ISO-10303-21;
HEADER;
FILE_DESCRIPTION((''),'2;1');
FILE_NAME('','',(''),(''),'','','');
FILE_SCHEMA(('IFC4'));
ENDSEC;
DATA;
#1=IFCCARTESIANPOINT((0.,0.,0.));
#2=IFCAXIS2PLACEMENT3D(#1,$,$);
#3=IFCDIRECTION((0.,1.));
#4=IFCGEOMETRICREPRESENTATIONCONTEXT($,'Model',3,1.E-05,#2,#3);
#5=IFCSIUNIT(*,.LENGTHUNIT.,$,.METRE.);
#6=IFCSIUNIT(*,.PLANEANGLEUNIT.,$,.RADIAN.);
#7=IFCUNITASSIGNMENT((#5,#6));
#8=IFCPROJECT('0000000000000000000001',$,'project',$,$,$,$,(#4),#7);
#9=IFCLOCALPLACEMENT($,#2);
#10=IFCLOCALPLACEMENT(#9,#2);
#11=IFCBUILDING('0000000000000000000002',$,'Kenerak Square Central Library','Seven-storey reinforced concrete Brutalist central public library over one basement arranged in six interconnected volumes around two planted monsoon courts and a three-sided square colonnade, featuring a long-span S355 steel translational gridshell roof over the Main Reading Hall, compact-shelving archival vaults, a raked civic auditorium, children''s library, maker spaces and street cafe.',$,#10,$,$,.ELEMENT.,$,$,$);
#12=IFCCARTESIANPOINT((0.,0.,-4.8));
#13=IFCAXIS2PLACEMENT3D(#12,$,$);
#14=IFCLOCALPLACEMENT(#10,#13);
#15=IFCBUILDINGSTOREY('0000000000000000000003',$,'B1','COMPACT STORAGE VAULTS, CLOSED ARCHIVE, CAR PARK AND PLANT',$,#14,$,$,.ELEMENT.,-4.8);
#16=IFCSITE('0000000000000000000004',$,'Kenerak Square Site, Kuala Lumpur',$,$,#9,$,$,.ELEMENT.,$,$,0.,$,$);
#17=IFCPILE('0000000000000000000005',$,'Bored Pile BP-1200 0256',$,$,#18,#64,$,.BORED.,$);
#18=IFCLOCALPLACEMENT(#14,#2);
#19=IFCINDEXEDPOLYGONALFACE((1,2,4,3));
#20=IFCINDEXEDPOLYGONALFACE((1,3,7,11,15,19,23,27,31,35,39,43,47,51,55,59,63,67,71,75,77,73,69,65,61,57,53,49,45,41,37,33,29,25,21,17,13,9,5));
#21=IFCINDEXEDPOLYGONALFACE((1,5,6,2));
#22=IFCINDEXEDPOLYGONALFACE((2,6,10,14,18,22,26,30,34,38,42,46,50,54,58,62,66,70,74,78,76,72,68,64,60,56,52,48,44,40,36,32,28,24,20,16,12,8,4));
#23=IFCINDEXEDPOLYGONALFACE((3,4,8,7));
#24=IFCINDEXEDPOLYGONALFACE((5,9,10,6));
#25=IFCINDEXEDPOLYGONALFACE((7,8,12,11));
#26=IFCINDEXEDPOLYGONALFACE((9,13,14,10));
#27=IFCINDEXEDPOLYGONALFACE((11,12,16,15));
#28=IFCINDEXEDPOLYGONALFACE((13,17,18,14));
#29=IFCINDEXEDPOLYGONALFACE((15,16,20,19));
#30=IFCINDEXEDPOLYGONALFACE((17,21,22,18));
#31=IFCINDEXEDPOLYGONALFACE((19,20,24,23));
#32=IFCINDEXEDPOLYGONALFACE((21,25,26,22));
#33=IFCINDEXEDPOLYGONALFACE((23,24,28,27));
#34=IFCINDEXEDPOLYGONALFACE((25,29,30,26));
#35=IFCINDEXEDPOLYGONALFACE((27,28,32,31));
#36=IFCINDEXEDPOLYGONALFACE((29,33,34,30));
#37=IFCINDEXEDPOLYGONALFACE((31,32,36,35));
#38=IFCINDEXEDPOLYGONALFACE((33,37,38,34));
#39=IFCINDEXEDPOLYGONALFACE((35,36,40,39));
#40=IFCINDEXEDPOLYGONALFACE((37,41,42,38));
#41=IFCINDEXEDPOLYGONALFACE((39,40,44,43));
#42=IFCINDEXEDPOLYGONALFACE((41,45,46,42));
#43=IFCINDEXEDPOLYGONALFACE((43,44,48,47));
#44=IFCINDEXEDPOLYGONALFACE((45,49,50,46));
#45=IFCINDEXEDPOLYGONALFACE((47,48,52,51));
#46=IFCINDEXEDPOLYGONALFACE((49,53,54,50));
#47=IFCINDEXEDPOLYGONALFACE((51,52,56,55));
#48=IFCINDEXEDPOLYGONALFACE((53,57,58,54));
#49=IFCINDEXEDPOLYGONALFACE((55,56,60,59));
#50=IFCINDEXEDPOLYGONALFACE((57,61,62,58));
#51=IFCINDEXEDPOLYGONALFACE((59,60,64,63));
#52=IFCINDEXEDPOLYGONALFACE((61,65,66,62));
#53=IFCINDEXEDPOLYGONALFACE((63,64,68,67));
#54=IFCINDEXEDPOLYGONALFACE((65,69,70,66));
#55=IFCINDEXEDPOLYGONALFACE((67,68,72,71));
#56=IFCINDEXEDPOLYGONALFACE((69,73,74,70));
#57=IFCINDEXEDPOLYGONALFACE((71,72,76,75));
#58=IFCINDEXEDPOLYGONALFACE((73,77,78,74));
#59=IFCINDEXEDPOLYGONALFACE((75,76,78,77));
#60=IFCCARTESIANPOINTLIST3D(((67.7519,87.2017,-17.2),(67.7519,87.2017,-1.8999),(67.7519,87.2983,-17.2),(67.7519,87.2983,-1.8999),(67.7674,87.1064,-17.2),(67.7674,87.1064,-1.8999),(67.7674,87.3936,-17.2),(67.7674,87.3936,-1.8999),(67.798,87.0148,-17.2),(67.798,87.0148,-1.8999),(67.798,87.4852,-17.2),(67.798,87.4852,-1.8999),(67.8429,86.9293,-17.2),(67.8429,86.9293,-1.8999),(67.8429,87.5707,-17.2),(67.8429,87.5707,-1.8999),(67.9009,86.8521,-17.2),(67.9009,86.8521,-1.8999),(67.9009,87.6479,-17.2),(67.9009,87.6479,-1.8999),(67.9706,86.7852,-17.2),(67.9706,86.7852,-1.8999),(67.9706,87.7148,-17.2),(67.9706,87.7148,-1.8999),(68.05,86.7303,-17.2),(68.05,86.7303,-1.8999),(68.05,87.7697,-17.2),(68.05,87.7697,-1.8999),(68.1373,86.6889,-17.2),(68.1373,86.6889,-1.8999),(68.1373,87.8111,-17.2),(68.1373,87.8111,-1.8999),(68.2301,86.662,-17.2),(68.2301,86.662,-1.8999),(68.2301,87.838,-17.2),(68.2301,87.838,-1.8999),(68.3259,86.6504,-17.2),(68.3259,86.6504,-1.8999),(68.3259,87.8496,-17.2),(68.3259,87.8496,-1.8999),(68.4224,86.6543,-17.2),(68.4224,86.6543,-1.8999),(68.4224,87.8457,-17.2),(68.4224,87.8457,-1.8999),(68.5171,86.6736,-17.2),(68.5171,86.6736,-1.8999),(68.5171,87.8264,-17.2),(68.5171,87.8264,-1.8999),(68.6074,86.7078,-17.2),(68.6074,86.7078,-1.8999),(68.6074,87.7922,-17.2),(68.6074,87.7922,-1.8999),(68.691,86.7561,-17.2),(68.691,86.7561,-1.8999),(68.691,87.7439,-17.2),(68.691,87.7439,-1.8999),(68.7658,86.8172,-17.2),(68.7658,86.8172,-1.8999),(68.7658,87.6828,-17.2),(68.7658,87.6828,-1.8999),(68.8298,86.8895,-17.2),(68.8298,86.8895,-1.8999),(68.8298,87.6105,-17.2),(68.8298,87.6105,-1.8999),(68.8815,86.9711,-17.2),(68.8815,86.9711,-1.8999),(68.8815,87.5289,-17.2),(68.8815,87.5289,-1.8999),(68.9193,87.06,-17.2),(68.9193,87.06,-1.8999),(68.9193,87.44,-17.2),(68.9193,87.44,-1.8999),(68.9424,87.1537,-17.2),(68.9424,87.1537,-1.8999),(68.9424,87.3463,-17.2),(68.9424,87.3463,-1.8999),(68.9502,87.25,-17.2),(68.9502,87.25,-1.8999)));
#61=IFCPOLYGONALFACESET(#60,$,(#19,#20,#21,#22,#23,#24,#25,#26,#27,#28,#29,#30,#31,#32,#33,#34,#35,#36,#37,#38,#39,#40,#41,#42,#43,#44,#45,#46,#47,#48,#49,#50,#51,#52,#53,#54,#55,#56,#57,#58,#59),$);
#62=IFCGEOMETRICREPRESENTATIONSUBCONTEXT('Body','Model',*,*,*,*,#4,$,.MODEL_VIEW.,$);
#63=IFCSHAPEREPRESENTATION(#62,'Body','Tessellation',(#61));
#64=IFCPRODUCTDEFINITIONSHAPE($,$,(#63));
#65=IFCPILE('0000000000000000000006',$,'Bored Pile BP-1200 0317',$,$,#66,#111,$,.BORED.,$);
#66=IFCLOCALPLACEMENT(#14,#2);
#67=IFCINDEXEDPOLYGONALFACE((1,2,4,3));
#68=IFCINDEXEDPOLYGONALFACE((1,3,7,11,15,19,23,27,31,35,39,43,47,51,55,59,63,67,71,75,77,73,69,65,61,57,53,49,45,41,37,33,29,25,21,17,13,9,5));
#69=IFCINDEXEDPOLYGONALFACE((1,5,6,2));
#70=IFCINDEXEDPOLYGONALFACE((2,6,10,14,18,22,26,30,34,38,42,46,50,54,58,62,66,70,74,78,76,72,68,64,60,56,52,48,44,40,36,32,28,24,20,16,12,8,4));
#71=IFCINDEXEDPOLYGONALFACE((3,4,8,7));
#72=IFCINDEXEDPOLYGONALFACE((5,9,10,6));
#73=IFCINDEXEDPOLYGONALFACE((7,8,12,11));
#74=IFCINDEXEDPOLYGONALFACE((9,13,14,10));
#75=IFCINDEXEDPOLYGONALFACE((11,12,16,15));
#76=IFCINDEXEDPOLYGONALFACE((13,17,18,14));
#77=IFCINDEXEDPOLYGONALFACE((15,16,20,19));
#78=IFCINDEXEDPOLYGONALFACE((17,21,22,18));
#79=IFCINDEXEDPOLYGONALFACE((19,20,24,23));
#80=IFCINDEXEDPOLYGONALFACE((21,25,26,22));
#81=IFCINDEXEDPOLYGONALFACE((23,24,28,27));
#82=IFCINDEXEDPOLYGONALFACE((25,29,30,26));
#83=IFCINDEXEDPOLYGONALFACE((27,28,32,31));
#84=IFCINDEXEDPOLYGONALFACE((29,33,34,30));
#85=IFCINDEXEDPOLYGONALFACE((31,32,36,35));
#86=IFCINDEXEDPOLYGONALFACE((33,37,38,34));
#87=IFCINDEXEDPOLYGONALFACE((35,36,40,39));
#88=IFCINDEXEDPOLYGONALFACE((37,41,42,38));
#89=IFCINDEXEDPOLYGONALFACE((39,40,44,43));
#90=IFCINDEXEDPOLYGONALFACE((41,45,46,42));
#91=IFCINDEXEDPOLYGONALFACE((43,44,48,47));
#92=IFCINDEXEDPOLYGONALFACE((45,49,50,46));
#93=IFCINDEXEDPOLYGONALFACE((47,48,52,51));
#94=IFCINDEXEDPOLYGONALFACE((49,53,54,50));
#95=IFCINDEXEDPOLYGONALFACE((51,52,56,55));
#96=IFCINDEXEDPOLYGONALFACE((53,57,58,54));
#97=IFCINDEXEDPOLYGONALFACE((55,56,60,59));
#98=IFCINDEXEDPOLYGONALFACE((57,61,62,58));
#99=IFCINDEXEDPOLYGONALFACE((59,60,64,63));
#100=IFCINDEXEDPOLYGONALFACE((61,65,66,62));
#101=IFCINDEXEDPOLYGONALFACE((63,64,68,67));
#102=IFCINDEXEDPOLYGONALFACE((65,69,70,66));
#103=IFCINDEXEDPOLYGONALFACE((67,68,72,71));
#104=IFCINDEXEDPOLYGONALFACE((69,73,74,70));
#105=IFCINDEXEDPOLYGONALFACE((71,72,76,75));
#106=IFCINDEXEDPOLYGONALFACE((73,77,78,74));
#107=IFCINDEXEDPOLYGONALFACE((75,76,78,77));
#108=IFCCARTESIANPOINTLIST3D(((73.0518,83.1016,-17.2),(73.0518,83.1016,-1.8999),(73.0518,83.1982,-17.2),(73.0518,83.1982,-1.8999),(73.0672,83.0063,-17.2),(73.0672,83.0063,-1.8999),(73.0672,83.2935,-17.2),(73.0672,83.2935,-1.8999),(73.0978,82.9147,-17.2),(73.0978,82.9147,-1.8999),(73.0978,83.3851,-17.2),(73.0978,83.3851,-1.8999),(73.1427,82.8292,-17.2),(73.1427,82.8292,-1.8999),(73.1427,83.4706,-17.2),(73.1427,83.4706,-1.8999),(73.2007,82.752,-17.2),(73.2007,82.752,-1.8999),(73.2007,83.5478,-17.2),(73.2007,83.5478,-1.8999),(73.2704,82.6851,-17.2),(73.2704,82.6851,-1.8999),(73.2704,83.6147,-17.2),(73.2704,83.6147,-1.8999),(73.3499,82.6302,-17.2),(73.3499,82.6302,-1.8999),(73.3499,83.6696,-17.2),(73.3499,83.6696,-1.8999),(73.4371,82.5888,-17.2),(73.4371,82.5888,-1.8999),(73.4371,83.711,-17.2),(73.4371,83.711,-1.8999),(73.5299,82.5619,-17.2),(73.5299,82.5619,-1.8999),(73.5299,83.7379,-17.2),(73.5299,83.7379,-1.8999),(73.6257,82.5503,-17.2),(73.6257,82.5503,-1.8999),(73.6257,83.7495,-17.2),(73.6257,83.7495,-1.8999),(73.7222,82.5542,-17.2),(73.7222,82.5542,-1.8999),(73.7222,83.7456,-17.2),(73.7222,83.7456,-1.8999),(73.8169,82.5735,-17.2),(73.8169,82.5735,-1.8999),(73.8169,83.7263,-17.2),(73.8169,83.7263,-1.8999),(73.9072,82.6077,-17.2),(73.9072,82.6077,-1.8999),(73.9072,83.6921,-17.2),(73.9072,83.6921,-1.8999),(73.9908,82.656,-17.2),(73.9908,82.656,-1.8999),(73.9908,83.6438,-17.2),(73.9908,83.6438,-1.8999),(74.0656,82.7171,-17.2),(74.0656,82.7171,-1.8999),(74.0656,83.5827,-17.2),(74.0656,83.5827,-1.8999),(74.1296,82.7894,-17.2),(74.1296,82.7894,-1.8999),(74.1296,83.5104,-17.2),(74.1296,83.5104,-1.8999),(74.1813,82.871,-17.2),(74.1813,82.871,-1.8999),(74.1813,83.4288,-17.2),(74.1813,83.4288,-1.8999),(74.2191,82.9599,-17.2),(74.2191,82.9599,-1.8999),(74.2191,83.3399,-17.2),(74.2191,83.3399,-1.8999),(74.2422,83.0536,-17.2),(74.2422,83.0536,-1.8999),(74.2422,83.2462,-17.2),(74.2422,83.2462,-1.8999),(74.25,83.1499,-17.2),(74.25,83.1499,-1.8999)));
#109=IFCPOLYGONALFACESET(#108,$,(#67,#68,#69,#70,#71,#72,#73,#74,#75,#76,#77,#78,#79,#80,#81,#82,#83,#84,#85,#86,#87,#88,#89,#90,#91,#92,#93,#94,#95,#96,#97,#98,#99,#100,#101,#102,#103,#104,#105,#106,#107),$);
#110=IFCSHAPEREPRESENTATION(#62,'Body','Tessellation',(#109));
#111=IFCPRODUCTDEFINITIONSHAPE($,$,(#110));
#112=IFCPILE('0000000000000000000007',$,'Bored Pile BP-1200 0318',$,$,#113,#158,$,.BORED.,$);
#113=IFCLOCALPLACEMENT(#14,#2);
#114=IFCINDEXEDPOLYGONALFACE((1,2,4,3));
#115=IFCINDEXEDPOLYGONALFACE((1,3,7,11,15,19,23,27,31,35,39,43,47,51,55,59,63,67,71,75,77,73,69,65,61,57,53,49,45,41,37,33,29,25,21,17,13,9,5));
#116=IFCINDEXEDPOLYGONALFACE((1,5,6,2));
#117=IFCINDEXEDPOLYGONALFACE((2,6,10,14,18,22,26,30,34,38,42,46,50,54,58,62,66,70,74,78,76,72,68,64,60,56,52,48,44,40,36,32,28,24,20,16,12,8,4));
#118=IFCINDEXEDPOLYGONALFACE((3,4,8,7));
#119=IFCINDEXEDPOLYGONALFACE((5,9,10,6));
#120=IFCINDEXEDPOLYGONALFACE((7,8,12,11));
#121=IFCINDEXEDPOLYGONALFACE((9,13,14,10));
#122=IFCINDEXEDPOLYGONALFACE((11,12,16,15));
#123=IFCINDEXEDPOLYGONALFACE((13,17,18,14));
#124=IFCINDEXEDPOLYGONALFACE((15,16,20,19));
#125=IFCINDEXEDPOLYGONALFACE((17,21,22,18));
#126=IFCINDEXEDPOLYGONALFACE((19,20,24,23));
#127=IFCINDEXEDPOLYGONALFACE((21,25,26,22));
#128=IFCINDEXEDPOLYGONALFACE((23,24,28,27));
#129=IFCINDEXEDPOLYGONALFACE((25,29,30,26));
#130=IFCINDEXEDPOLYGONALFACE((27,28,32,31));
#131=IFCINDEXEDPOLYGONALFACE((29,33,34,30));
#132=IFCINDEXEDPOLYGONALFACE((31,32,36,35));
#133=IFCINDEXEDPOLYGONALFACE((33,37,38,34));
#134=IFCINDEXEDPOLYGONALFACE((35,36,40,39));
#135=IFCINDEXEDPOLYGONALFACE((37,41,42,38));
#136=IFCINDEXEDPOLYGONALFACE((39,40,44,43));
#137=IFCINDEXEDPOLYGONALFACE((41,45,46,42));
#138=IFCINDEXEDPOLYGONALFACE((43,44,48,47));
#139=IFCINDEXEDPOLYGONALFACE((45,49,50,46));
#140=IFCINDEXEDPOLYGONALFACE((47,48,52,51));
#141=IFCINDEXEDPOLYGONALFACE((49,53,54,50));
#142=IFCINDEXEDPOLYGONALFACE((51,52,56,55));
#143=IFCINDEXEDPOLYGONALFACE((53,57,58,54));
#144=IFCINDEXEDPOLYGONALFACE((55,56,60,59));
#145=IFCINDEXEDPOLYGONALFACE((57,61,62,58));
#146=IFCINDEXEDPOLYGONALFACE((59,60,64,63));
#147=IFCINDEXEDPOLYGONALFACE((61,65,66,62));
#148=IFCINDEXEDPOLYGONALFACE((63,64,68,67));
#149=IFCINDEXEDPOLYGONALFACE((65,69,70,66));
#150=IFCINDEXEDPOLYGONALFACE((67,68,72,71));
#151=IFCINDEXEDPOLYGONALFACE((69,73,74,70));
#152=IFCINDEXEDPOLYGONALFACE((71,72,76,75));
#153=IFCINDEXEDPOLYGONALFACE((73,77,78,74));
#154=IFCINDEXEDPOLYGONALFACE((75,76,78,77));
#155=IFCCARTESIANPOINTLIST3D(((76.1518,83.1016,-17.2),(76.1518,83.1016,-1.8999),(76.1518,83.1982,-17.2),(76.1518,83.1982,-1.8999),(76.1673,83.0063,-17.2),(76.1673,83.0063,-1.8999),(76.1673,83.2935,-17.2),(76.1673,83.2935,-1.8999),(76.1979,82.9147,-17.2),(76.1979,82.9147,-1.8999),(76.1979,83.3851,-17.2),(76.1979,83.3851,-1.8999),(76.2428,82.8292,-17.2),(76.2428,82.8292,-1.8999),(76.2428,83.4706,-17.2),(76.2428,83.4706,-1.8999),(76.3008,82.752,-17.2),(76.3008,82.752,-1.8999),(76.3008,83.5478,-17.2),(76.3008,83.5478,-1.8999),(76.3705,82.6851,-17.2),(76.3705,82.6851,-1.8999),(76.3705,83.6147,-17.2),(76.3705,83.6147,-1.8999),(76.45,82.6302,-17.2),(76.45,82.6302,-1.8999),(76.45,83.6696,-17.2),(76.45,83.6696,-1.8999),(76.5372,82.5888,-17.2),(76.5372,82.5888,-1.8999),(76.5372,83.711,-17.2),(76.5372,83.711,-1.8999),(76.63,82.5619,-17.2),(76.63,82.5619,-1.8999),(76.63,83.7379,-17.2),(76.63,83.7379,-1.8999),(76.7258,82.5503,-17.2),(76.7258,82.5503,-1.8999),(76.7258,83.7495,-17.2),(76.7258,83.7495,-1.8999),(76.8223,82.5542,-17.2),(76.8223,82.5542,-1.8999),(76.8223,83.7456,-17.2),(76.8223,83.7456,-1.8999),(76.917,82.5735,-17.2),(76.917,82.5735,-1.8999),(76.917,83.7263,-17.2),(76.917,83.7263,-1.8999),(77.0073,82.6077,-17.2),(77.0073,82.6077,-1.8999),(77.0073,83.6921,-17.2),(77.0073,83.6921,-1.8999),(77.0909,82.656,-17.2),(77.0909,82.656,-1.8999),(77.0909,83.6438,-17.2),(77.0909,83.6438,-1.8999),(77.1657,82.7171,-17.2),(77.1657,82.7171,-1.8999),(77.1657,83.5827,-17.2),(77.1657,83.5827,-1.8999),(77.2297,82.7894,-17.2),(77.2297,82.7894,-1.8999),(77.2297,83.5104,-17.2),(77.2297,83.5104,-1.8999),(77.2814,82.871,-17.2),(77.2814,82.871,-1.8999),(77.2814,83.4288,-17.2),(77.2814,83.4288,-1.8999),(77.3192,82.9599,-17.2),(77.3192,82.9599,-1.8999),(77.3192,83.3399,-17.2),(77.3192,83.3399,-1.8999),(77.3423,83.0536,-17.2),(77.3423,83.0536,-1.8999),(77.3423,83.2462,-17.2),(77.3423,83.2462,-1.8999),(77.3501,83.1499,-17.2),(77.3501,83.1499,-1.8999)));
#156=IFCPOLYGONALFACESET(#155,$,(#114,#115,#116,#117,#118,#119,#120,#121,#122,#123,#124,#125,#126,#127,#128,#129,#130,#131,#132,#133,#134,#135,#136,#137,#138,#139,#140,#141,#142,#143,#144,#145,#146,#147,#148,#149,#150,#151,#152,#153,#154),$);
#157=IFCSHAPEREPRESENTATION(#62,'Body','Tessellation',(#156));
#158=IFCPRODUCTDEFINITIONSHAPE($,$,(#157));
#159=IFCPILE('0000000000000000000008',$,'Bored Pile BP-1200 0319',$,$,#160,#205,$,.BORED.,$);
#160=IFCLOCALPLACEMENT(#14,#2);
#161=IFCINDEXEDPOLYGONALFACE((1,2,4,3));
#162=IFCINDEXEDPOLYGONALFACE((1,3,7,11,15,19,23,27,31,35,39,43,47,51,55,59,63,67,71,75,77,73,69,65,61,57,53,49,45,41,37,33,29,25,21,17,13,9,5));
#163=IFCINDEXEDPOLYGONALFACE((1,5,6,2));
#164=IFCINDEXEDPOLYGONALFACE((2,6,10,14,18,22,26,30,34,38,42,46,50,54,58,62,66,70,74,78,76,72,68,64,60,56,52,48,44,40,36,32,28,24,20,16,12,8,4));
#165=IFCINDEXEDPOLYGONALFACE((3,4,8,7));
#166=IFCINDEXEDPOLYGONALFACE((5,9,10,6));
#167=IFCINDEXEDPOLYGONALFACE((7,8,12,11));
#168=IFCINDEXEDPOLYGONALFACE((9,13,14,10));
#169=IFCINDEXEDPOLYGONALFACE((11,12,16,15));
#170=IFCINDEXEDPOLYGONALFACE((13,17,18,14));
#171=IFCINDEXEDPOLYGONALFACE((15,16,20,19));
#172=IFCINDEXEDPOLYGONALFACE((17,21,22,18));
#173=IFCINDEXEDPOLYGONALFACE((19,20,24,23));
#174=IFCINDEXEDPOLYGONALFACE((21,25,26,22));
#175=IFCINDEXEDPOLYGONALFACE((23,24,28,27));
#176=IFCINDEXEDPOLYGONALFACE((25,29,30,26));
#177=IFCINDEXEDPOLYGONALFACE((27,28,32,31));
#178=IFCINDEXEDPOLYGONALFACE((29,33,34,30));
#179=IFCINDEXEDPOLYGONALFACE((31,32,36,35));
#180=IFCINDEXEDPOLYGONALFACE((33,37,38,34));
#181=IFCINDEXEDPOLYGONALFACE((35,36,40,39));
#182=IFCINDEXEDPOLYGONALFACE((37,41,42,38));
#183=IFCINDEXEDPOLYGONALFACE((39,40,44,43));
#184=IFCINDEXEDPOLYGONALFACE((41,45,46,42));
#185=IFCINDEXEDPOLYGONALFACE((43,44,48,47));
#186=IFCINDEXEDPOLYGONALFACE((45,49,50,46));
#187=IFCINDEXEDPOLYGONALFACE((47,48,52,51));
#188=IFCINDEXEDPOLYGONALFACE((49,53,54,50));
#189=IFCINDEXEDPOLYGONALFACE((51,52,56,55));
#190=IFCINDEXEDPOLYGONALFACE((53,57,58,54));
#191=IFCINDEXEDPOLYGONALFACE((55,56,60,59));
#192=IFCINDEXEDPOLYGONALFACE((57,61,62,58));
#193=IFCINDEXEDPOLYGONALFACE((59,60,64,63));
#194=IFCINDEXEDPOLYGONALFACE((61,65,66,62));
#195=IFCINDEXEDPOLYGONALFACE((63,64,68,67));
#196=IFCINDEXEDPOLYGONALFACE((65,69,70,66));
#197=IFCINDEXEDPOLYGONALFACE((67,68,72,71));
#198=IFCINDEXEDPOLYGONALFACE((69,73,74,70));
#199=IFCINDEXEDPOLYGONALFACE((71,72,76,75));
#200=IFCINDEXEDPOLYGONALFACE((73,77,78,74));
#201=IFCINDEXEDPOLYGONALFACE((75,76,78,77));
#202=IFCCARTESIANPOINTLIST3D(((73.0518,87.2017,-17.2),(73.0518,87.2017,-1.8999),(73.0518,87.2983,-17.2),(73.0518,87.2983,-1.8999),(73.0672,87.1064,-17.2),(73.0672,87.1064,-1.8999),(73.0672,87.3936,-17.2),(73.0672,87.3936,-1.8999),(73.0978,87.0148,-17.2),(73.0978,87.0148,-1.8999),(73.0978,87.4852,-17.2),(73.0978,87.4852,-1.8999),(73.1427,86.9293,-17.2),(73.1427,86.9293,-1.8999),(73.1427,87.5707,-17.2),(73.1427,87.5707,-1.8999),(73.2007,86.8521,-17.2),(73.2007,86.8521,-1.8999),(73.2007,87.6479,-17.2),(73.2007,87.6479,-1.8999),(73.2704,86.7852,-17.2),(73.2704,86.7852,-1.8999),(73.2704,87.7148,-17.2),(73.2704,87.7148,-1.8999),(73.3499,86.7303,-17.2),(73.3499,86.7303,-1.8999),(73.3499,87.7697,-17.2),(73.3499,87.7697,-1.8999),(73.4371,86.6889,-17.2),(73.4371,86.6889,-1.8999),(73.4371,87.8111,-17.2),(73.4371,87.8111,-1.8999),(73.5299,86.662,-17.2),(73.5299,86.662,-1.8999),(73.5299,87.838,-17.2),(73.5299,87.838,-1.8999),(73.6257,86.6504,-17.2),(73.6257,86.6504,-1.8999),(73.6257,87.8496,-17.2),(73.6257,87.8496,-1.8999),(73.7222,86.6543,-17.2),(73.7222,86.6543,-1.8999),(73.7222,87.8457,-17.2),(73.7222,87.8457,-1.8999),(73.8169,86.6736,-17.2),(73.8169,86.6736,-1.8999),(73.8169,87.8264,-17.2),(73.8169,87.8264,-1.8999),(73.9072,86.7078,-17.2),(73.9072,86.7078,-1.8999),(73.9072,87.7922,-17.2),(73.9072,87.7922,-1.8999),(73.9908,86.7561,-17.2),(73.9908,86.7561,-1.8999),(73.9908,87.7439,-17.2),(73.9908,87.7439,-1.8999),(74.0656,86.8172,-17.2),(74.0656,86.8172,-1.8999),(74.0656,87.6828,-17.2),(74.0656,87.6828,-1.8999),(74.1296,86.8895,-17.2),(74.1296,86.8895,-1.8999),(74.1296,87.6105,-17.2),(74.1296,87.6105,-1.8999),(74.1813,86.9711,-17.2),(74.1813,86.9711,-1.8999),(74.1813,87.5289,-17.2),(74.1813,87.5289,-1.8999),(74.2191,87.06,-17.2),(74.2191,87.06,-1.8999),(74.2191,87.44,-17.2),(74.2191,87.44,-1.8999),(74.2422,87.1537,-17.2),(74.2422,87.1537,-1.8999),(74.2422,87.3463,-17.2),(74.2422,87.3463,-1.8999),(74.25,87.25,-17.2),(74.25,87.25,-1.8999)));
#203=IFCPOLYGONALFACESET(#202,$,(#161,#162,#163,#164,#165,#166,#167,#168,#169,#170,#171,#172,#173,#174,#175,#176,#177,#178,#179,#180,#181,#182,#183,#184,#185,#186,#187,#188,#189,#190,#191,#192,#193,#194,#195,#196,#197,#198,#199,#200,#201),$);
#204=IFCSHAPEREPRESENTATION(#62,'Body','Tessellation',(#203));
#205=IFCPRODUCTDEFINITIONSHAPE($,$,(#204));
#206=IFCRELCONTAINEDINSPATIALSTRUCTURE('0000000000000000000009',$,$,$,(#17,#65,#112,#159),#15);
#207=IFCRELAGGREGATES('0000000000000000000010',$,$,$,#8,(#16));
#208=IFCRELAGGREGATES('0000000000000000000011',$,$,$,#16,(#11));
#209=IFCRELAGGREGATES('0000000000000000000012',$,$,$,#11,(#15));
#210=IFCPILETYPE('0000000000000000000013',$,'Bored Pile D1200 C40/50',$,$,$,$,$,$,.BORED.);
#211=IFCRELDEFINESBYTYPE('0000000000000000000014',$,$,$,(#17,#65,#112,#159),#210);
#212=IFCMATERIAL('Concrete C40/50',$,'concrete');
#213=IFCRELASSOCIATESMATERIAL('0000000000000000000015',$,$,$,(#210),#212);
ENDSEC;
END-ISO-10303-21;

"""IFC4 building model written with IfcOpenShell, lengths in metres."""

from ifc_helpers import new_model, si_unit, direction, frame, origin, origin_2d, place, context, subcontext, project, spatial, circle, extrude, material, material_profile, profile_set, type_object, element, save


model = new_model("IFC4")

# Units and contexts
model_context = context("Model", 3, precision=1e-05, world=origin(), true_north=direction((0.0, 1.0)))
body_context = subcontext(model_context, "Body", "Model", "MODEL_VIEW")
ifc_project = project(units=[si_unit("LENGTHUNIT", "METRE"), si_unit("PLANEANGLEUNIT", "RADIAN")], contexts=[model_context])

# Site, building, storey
site_placement = place(None, origin())
site = spatial("IfcSite", under=ifc_project, at=site_placement, Name="Kenerak Square Site, Kuala Lumpur", CompositionType="ELEMENT", RefElevation=0.0)
building_placement = place(site_placement, origin())
building = spatial("IfcBuilding", under=site, at=building_placement, Name="Kenerak Square Central Library", Description="Seven-storey reinforced concrete Brutalist central public library over one basement arranged in six interconnected volumes around two planted monsoon courts and a three-sided square colonnade, featuring a long-span S355 steel translational gridshell roof over the Main Reading Hall, compact-shelving archival vaults, a raked civic auditorium, children's library, maker spaces and street cafe.", CompositionType="ELEMENT")
storey_placement = place(building_placement, frame((0.0, 0.0, -4.8)))
storey = spatial("IfcBuildingStorey", under=building, at=storey_placement, Name="B1", Description="COMPACT STORAGE VAULTS, CLOSED ARCHIVE, CAR PARK AND PLANT", CompositionType="ELEMENT", Elevation=-4.8)

# Piles
ifc_material_1 = material(Name="Concrete C40/50", Category="concrete")
ifc_material_profile_1 = material_profile(ifc_material_1, circle(Radius=0.6001, at=origin_2d()), Name="BP D1200")
ifc_profile_set_1 = profile_set([ifc_material_profile_1], Name="Concrete C40/50")
pile_type_1 = type_object("IfcPileType", Name="Bored Pile D1200 C40/50", PredefinedType="BORED", material=ifc_profile_set_1)
for number, where, z_axis, x_axis, name in (
    (1, (68.3501, 87.25, -1.8999), (0.0, 0.0, -1.0), (1.0, 0.0, 0.0), "Bored Pile BP-1200 0256"),
    (2, (73.6499, 83.1499, -1.8999), (0.0, 0.0, -1.0), (1.0, 0.0, 0.0), "Bored Pile BP-1200 0317"),
    (3, (76.75, 83.1499, -1.8999), (0.0, 0.0, -1.0), (1.0, 0.0, 0.0), "Bored Pile BP-1200 0318"),
    (4, (73.6499, 87.25, -1.8999), (0.0, 0.0, -1.0), (1.0, 0.0, 0.0), "Bored Pile BP-1200 0319"),
):
    element("IfcPile", number, at=place(storey_placement, frame(where, z_axis=z_axis, x_axis=x_axis)), inside=storey, type_object=pile_type_1, Name=name, PredefinedType="BORED", context=body_context, shape_type="SweptSolid", body=[
        extrude(circle(Radius=0.6001, at=origin_2d()), origin(), (0.0, 0.0, 1.0), 15.3),
    ])

save(model, "model.ifc")
